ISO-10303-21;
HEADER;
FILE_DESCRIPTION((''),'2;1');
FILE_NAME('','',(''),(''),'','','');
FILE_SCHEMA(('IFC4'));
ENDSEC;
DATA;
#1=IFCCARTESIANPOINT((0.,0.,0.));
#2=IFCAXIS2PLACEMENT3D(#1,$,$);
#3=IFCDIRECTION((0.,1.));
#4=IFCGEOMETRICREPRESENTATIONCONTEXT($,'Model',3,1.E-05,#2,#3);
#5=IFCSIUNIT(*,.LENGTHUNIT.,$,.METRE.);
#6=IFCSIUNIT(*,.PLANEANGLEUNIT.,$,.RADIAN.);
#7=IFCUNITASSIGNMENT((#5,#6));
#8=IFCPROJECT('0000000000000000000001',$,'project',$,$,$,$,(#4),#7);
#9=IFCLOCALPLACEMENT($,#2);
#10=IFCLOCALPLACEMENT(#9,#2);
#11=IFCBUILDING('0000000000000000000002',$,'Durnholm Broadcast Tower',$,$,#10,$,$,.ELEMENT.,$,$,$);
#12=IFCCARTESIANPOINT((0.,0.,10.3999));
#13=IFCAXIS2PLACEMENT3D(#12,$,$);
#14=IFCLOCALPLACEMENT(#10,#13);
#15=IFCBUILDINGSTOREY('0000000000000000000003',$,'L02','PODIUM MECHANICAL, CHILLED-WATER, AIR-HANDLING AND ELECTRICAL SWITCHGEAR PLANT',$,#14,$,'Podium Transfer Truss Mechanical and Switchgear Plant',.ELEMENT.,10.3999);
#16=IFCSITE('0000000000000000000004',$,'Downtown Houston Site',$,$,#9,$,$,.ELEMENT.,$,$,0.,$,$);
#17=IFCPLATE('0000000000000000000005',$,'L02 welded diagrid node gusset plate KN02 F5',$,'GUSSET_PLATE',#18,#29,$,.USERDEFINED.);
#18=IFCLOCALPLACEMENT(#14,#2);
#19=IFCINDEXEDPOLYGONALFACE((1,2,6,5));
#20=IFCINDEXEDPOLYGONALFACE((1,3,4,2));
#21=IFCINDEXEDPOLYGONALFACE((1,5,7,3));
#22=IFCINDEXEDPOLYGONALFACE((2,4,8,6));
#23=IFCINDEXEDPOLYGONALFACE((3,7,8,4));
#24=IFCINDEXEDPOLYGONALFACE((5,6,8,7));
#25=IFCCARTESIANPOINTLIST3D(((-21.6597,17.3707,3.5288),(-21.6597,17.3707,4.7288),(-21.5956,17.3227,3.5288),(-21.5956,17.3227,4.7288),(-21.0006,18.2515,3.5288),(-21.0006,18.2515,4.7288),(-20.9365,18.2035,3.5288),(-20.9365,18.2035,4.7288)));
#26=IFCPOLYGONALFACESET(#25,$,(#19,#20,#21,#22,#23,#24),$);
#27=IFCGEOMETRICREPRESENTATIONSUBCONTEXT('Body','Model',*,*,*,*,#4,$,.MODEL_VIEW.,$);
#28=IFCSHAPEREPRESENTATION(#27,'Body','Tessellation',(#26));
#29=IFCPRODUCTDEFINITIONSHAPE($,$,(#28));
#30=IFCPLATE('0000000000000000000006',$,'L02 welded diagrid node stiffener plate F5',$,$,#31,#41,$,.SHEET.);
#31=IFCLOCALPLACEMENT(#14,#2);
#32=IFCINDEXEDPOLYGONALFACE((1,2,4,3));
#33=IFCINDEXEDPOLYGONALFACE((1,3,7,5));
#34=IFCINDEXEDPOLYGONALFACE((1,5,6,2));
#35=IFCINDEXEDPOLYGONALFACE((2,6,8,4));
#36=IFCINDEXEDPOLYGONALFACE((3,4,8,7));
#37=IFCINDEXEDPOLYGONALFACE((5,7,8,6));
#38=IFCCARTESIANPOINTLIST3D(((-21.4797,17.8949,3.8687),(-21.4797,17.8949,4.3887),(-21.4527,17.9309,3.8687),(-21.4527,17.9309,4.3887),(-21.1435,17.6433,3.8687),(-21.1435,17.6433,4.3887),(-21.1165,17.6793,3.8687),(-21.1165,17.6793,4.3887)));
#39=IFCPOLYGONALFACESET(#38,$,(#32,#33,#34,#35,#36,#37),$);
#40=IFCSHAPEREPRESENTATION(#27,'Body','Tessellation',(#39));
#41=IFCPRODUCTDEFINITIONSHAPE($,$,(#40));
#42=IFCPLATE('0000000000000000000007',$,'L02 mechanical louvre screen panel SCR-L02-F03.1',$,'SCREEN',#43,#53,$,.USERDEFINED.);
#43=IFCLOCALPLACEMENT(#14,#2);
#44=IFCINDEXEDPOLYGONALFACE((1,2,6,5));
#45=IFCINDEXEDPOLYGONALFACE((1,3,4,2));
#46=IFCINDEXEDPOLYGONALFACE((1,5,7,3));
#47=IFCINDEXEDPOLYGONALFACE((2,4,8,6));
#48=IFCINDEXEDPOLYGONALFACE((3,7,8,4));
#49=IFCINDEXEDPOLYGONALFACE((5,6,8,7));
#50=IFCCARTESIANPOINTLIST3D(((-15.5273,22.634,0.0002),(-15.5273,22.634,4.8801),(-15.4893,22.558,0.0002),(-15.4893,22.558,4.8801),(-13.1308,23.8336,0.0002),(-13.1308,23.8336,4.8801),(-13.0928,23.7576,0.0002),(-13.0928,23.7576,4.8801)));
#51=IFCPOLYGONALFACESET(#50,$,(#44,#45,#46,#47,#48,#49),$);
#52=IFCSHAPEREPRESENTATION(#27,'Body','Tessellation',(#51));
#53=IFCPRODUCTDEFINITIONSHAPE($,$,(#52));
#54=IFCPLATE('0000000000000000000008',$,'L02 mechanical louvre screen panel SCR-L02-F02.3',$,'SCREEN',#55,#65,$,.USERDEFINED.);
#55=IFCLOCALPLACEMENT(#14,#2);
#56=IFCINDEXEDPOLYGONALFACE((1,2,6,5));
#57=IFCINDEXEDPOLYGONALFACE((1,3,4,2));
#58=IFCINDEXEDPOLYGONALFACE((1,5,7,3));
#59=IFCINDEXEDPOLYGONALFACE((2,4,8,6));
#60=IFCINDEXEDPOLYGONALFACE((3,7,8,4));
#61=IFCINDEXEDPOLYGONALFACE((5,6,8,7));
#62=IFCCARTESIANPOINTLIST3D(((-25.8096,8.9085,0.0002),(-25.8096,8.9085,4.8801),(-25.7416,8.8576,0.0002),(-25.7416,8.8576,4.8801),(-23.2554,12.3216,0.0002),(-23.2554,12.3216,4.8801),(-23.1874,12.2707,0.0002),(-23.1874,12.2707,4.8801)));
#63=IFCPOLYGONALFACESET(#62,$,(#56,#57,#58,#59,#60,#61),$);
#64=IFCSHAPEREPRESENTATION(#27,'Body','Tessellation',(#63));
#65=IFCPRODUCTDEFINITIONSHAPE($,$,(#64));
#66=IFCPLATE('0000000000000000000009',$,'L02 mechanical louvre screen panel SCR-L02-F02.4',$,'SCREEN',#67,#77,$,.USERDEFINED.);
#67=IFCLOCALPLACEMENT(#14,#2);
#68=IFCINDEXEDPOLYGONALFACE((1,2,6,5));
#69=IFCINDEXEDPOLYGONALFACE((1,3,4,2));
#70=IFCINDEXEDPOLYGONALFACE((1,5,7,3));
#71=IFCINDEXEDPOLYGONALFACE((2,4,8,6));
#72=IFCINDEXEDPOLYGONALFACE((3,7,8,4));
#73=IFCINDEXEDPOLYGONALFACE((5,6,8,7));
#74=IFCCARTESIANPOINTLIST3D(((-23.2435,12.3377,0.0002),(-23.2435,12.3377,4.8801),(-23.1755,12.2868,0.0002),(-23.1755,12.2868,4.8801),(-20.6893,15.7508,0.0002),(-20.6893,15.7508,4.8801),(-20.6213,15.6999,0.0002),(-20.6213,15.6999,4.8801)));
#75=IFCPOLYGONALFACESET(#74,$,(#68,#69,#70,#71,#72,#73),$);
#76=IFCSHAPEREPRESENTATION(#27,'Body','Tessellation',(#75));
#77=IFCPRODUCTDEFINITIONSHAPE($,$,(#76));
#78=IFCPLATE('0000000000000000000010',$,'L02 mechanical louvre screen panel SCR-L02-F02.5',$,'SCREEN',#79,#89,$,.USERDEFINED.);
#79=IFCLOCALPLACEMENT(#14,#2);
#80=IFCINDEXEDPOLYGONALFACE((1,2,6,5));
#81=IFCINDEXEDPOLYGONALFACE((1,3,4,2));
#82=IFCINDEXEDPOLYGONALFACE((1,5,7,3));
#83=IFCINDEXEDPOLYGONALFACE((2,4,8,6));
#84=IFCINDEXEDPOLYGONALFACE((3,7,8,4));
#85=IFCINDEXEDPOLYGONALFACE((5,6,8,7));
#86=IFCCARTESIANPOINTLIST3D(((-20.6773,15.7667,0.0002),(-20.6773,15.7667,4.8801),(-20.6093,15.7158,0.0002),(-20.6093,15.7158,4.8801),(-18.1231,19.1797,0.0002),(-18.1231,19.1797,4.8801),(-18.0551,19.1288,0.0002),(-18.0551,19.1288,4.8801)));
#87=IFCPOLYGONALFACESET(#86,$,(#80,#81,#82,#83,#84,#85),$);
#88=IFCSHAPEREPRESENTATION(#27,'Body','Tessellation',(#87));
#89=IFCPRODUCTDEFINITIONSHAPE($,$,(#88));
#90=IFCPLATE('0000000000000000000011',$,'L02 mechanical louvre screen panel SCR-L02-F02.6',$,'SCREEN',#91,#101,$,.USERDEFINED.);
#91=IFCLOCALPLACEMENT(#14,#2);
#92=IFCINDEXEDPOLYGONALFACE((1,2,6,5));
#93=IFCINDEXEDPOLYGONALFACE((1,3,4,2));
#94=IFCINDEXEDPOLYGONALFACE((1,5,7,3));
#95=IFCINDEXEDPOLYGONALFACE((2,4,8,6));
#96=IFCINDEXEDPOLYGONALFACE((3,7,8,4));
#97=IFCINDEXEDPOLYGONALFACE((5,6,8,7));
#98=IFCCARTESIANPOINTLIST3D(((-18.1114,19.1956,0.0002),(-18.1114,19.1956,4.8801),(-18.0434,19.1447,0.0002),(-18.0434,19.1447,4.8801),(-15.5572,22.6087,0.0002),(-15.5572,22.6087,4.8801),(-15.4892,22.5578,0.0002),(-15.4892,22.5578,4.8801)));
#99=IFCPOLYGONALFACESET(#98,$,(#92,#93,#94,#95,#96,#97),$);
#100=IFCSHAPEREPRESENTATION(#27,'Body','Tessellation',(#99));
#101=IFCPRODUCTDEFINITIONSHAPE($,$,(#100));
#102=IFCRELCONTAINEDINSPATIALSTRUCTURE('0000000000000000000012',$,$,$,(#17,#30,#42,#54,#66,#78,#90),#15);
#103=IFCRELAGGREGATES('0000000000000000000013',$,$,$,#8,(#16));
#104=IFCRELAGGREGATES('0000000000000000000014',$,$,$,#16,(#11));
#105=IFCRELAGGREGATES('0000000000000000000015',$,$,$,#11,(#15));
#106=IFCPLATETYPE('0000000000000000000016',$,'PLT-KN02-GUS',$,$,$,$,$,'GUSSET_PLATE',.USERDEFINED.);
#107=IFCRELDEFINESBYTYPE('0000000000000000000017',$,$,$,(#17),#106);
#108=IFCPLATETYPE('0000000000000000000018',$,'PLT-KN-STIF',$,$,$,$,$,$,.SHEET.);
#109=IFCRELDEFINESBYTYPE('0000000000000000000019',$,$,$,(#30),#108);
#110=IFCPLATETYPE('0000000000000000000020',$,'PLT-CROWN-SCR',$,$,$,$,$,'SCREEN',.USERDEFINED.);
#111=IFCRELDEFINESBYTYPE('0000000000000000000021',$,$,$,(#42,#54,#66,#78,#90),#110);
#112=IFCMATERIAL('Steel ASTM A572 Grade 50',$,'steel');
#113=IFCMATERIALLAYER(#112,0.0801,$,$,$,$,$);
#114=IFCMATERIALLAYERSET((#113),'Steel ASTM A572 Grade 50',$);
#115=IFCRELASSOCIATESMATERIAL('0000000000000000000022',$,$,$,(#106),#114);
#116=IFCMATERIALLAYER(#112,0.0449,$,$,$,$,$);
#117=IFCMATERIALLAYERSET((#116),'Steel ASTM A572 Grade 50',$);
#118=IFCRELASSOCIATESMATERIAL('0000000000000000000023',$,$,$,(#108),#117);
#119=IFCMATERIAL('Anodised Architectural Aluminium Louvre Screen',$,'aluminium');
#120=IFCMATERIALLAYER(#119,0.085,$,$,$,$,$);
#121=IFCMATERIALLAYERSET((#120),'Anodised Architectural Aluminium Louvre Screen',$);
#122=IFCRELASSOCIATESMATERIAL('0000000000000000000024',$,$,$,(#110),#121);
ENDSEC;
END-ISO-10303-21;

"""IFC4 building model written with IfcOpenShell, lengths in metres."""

from ifc_helpers import new_model, si_unit, direction, frame, origin, origin_2d, place, context, subcontext, project, spatial, rectangle, extrude, source, transform, mapped, material, layer, layer_set, type_object, type_shapes, element, save


model = new_model("IFC4")

# Units and contexts
model_context = context("Model", 3, precision=1e-05, world=origin(), true_north=direction((0.0, 1.0)))
body_context = subcontext(model_context, "Body", "Model", "MODEL_VIEW")
ifc_project = project(units=[si_unit("LENGTHUNIT", "METRE"), si_unit("PLANEANGLEUNIT", "RADIAN")], contexts=[model_context])

# Site, building, storey
site_placement = place(None, origin())
site = spatial("IfcSite", under=ifc_project, at=site_placement, Name="Downtown Houston Site", CompositionType="ELEMENT", RefElevation=0.0)
building_placement = place(site_placement, origin())
building = spatial("IfcBuilding", under=site, at=building_placement, Name="Durnholm Broadcast Tower", CompositionType="ELEMENT")
storey_placement = place(building_placement, frame((0.0, 0.0, 10.3999)))
storey = spatial("IfcBuildingStorey", under=building, at=storey_placement, Name="L02", Description="PODIUM MECHANICAL, CHILLED-WATER, AIR-HANDLING AND ELECTRICAL SWITCHGEAR PLANT", LongName="Podium Transfer Truss Mechanical and Switchgear Plant", CompositionType="ELEMENT", Elevation=10.3999)

# Plates
ifc_material_1 = material(Name="Steel ASTM A572 Grade 50", Category="steel")
ifc_layer_1 = layer(ifc_material_1, 0.0801)
ifc_layer_set_1 = layer_set([ifc_layer_1], Name="Steel ASTM A572 Grade 50")
plate_type_1 = type_object("IfcPlateType", Name="PLT-KN02-GUS", ElementType="GUSSET_PLATE", PredefinedType="USERDEFINED", material=ifc_layer_set_1)
shared_shape_1 = source(origin(), body_context, "Body", "SweptSolid", [
    extrude(rectangle(XDim=1.1001, YDim=0.0801, at=origin_2d()), origin(), (0.0, 0.0, 1.0), 1.2),
])
plate_1_placement = place(storey_placement, frame((-21.2981, 17.7871, 3.5288), z_axis=(0.0, 0.0, 1.0), x_axis=(-0.599163, -0.800627, 0.0)))
element("IfcPlate", 1, at=plate_1_placement, inside=storey, type_object=plate_type_1, Name="L02 welded diagrid node gusset plate KN02 F5", ObjectType="GUSSET_PLATE", PredefinedType="USERDEFINED", context=body_context, shape_type="MappedRepresentation", body=[
    mapped(shared_shape_1, transform((0.0, 0.0, 0.0), x_axis=(1.0, 0.0, 0.0), y_axis=(0.0, 1.0, 0.0), z_axis=(0.0, 0.0, 1.0), scale=1.0)),
])
ifc_layer_2 = layer(ifc_material_1, 0.0449)
ifc_layer_set_2 = layer_set([ifc_layer_2], Name="Steel ASTM A572 Grade 50")
plate_type_2 = type_object("IfcPlateType", Name="PLT-KN-STIF", PredefinedType="SHEET", material=ifc_layer_set_2)
shared_shape_2 = source(origin(), body_context, "Body", "SweptSolid", [
    extrude(rectangle(XDim=0.0449, YDim=0.4199, at=origin_2d()), origin(), (0.0, 0.0, 1.0), 0.52),
])
type_shapes(plate_type_2, [shared_shape_2])
plate_2_placement = place(storey_placement, frame((-21.2981, 17.7871, 3.8687), z_axis=(0.0, 0.0, 1.0), x_axis=(-0.599163, -0.800627, 0.0)))
element("IfcPlate", 2, at=plate_2_placement, inside=storey, type_object=plate_type_2, Name="L02 welded diagrid node stiffener plate F5", PredefinedType="SHEET", context=body_context, shape_type="MappedRepresentation", body=[
    mapped(shared_shape_2, transform((0.0, 0.0, 0.0), x_axis=(1.0, 0.0, 0.0), y_axis=(0.0, 1.0, 0.0), z_axis=(0.0, 0.0, 1.0), scale=1.0)),
])
ifc_material_2 = material(Name="Anodised Architectural Aluminium Louvre Screen", Category="aluminium")
ifc_layer_3 = layer(ifc_material_2, 0.085)
ifc_layer_set_3 = layer_set([ifc_layer_3], Name="Anodised Architectural Aluminium Louvre Screen")
plate_type_3 = type_object("IfcPlateType", Name="PLT-CROWN-SCR", ElementType="SCREEN", PredefinedType="USERDEFINED", material=ifc_layer_set_3)
shared_shape_3 = source(origin(), body_context, "Body", "SweptSolid", [
    extrude(rectangle(XDim=2.6799, YDim=0.085, at=origin_2d()), origin(), (0.0, 0.0, 1.0), 4.8799),
])
plate_3_placement = place(storey_placement, frame((-14.3101, 23.1958, 0.0002), z_axis=(0.0, 0.0, 1.0), x_axis=(0.894232, 0.447603, 0.0)))
element("IfcPlate", 3, at=plate_3_placement, inside=storey, type_object=plate_type_3, Name="L02 mechanical louvre screen panel SCR-L02-F03.1", ObjectType="SCREEN", PredefinedType="USERDEFINED", context=body_context, shape_type="MappedRepresentation", body=[
    mapped(shared_shape_3, transform((0.0, 0.0, 0.0), x_axis=(1.0, 0.0, 0.0), y_axis=(0.0, 1.0, 0.0), z_axis=(0.0, 0.0, 1.0), scale=1.0)),
])
shared_shape_4 = source(origin(), body_context, "Body", "SweptSolid", [
    extrude(rectangle(XDim=4.2629, YDim=0.085, at=origin_2d()), origin(), (0.0, 0.0, 1.0), 4.8799),
])
type_shapes(plate_type_3, [shared_shape_3, shared_shape_4])
for number, where, z_axis, x_axis, name in (
    (4, (-24.4985, 10.5896, 0.0002), (0.0, 0.0, 1.0), (0.599163, 0.800627, 0.0), "L02 mechanical louvre screen panel SCR-L02-F02.3"),
    (5, (-21.9324, 14.0188, 0.0002), (0.0, 0.0, 1.0), (0.599163, 0.800627, 0.0), "L02 mechanical louvre screen panel SCR-L02-F02.4"),
    (6, (-19.3662, 17.4478, 0.0002), (0.0, 0.0, 1.0), (0.599163, 0.800627, 0.0), "L02 mechanical louvre screen panel SCR-L02-F02.5"),
    (7, (-16.8003, 20.8767, 0.0002), (0.0, 0.0, 1.0), (0.599163, 0.800627, 0.0), "L02 mechanical louvre screen panel SCR-L02-F02.6"),
):
    element("IfcPlate", number, at=place(storey_placement, frame(where, z_axis=z_axis, x_axis=x_axis)), inside=storey, type_object=plate_type_3, Name=name, ObjectType="SCREEN", PredefinedType="USERDEFINED", context=body_context, shape_type="MappedRepresentation", body=[
        mapped(shared_shape_4, transform((0.0, 0.0, 0.0), x_axis=(1.0, 0.0, 0.0), y_axis=(0.0, 1.0, 0.0), z_axis=(0.0, 0.0, 1.0), scale=1.0)),
    ])

save(model, "model.ifc")
